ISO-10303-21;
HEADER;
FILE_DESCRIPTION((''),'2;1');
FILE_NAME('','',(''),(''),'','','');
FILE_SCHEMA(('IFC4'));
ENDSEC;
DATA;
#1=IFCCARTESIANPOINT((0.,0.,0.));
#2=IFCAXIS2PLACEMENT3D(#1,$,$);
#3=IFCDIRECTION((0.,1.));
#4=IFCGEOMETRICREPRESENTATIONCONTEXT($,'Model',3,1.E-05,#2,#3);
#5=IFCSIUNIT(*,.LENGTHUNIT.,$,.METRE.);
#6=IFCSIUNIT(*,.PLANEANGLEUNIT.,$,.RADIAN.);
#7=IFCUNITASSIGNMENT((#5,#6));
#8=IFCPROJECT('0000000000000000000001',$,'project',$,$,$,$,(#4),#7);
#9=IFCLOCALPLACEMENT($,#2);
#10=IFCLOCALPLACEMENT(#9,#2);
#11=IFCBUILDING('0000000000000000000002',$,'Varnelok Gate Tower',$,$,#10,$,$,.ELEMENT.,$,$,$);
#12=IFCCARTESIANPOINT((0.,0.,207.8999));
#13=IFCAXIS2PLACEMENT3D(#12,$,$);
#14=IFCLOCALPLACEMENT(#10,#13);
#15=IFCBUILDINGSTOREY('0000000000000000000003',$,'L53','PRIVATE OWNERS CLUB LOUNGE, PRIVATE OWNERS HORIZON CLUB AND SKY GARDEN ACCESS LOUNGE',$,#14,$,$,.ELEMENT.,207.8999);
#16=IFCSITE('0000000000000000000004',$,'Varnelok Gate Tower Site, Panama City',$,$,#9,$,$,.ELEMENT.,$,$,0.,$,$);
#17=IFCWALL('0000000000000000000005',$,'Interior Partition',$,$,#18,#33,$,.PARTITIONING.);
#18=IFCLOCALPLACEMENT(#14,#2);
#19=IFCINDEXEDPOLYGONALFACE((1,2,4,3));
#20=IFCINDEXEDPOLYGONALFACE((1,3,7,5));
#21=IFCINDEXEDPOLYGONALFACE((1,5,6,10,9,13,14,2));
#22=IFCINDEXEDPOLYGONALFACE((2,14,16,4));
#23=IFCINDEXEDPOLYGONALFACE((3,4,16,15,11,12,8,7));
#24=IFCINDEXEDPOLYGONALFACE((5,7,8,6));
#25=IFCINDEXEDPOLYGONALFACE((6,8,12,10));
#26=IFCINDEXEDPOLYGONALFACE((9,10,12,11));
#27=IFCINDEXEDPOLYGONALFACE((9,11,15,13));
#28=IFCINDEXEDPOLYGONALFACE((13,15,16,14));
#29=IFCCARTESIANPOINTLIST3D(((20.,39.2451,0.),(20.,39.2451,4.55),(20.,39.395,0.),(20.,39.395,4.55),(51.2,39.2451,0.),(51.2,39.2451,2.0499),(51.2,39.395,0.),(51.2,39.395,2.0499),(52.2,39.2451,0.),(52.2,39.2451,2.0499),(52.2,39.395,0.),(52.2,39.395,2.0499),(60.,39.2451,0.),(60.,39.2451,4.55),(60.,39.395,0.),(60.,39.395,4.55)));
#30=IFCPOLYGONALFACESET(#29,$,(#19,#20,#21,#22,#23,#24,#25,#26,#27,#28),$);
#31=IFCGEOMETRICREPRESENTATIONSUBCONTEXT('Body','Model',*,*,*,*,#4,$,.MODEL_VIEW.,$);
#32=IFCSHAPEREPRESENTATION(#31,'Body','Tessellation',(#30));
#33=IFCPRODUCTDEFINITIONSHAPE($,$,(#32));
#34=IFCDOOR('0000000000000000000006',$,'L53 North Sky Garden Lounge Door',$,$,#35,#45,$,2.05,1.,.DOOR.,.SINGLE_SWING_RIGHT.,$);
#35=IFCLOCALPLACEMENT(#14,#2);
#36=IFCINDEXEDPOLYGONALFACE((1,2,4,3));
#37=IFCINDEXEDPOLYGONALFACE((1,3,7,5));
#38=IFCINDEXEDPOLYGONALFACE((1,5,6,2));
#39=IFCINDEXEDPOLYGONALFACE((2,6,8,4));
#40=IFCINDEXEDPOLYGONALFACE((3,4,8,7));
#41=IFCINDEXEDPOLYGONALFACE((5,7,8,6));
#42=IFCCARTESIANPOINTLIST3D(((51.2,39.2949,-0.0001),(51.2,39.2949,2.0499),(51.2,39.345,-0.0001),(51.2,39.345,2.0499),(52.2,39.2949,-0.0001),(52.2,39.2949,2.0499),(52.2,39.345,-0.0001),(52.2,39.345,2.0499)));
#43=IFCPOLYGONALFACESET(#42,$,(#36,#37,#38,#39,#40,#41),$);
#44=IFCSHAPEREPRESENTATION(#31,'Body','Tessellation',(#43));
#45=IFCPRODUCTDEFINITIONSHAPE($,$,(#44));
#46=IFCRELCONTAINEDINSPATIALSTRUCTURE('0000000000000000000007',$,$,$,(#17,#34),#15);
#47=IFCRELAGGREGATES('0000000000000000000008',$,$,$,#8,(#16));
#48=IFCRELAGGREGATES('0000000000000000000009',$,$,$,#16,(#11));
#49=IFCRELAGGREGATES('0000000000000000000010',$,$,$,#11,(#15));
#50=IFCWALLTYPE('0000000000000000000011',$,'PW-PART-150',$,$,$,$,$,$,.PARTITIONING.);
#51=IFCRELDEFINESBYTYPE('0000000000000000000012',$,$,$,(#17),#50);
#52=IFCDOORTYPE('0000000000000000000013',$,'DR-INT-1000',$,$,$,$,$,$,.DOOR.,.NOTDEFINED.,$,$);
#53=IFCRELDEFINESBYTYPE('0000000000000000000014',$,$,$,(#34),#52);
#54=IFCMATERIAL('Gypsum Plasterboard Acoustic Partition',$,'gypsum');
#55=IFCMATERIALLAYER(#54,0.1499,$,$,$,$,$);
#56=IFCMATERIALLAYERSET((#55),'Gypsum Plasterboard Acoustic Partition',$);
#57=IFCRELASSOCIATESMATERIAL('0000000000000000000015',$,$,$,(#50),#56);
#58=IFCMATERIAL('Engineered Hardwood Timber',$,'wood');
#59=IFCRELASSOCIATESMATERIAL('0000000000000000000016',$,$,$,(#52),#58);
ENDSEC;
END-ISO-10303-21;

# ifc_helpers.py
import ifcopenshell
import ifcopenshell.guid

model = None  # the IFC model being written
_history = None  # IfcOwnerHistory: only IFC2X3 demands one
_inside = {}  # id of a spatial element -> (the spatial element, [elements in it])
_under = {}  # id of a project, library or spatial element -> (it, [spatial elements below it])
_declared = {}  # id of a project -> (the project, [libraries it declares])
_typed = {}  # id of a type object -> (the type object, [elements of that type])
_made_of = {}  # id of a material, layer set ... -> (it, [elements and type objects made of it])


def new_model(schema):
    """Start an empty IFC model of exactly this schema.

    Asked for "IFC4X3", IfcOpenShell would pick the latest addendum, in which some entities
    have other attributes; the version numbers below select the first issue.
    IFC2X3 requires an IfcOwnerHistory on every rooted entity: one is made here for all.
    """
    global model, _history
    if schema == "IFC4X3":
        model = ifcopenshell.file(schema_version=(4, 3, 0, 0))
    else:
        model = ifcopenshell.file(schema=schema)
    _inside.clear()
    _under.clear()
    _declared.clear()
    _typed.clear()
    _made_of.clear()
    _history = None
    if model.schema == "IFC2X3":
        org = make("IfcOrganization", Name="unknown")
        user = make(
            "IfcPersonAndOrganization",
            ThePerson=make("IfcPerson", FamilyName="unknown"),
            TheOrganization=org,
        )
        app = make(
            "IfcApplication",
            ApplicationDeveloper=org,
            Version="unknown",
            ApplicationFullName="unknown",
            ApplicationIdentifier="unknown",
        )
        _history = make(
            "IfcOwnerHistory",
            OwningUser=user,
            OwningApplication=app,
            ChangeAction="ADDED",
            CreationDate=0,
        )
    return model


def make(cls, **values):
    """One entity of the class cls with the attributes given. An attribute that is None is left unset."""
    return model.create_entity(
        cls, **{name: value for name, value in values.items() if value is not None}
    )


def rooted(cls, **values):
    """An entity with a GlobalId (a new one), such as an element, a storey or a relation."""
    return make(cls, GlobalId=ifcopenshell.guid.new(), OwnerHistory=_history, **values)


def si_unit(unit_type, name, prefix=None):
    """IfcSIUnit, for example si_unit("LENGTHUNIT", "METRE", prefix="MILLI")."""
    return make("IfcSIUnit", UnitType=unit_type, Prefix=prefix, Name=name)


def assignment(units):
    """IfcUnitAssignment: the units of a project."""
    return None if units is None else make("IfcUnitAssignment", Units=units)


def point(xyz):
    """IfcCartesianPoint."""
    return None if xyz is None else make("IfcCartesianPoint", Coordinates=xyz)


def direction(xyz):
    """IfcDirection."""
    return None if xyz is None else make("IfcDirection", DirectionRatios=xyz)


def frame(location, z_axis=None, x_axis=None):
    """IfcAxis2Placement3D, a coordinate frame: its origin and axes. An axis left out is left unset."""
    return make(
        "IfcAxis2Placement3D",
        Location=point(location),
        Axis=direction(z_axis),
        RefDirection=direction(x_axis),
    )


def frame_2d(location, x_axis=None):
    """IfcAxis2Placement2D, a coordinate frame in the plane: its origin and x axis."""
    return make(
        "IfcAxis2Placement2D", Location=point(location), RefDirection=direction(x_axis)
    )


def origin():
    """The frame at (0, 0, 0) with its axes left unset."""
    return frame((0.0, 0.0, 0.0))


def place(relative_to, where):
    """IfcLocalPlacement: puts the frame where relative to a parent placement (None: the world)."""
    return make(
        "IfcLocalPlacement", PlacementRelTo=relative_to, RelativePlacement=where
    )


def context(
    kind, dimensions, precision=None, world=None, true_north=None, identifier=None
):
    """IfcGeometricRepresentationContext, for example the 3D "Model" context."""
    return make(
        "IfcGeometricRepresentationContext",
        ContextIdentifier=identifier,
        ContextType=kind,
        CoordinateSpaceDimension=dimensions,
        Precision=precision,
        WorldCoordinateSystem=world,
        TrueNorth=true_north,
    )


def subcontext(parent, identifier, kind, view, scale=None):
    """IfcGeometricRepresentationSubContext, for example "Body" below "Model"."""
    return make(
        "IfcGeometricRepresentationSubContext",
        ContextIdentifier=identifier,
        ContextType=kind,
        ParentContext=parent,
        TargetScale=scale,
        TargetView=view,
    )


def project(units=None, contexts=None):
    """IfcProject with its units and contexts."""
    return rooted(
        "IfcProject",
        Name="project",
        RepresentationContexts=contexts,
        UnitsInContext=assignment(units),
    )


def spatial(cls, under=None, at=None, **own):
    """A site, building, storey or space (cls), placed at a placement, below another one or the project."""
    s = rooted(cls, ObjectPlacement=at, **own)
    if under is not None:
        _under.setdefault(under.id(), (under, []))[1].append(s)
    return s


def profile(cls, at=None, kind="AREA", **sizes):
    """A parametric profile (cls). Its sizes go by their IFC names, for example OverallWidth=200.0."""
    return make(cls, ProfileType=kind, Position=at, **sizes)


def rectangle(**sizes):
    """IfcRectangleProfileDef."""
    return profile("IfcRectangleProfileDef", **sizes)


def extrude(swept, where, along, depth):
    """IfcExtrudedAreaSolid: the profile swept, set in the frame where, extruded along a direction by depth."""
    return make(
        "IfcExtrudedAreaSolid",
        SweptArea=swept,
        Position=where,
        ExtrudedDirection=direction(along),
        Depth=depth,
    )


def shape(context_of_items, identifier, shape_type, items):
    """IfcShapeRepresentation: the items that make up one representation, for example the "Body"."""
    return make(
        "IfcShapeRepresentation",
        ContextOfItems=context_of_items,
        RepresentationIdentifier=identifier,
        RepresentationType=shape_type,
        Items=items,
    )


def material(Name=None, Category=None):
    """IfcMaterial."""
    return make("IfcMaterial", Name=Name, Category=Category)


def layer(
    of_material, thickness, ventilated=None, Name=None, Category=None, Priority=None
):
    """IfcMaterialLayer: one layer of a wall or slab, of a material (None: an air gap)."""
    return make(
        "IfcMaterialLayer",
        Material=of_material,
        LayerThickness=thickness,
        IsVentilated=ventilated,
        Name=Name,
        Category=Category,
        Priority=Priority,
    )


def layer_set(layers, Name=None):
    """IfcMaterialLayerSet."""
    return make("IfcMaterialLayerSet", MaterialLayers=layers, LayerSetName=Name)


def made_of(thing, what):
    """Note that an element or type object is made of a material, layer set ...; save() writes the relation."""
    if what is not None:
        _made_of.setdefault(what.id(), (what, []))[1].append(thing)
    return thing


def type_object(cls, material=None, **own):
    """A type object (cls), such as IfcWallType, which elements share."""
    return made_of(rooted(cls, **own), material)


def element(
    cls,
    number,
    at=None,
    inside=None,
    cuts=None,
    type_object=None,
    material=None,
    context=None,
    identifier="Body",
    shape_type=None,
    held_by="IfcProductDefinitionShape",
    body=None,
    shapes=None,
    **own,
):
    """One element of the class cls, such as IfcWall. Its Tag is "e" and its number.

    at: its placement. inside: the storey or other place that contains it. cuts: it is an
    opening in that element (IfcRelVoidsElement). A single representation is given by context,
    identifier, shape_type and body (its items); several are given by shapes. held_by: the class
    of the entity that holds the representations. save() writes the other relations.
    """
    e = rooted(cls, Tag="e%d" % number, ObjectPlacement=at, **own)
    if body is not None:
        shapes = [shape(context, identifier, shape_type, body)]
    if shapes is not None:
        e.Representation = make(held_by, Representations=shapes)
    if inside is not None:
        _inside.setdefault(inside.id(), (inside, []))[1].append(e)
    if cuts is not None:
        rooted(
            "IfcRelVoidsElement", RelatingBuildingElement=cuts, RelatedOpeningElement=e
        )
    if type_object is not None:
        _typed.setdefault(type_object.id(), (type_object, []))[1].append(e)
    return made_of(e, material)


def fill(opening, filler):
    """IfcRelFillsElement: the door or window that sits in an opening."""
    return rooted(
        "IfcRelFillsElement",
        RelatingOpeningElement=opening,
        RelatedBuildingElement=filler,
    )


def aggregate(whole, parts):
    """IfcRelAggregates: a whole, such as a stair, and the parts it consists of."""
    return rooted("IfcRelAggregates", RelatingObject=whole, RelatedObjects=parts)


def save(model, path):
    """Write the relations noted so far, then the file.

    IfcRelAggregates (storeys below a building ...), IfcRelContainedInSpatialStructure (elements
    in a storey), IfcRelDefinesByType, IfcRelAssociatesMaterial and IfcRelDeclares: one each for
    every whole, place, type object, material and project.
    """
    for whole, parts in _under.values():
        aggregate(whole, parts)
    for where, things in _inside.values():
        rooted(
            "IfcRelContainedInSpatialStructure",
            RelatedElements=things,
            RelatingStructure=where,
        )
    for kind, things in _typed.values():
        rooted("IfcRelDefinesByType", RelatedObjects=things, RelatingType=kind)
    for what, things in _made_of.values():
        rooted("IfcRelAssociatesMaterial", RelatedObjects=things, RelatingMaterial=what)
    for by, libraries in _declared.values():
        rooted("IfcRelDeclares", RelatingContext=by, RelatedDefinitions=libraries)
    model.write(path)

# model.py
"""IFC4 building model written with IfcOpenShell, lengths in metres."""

from ifc_helpers import new_model, si_unit, direction, frame, frame_2d, origin, place, context, subcontext, project, spatial, rectangle, extrude, material, layer, layer_set, type_object, element, fill, save


model = new_model("IFC4")

# Units and contexts
model_context = context("Model", 3, precision=1e-05, world=origin(), true_north=direction((0.0, 1.0)))
body_context = subcontext(model_context, "Body", "Model", "MODEL_VIEW")
ifc_project = project(units=[si_unit("LENGTHUNIT", "METRE"), si_unit("PLANEANGLEUNIT", "RADIAN")], contexts=[model_context])

# Site, building, storey
site_placement = place(None, origin())
site = spatial("IfcSite", under=ifc_project, at=site_placement, Name="Varnelok Gate Tower Site, Panama City", CompositionType="ELEMENT", RefElevation=0.0)
building_placement = place(site_placement, origin())
building = spatial("IfcBuilding", under=site, at=building_placement, Name="Varnelok Gate Tower", CompositionType="ELEMENT")
storey_placement = place(building_placement, frame((0.0, 0.0, 207.8999)))
storey = spatial("IfcBuildingStorey", under=building, at=storey_placement, Name="L53", Description="PRIVATE OWNERS CLUB LOUNGE, PRIVATE OWNERS HORIZON CLUB AND SKY GARDEN ACCESS LOUNGE", CompositionType="ELEMENT", Elevation=207.8999)

# Wall, opening, door
ifc_material_1 = material(Name="Gypsum Plasterboard Acoustic Partition", Category="gypsum")
ifc_layer_1 = layer(ifc_material_1, 0.1499)
ifc_layer_set_1 = layer_set([ifc_layer_1], Name="Gypsum Plasterboard Acoustic Partition")
wall_type_1 = type_object("IfcWallType", Name="PW-PART-150", PredefinedType="PARTITIONING", material=ifc_layer_set_1)
wall_1_placement = place(storey_placement, frame((20.0, 39.3201, 0.0), z_axis=(0.0, 0.0, 1.0), x_axis=(1.0, 0.0, 0.0)))
wall_1 = element("IfcWall", 1, at=wall_1_placement, inside=storey, type_object=wall_type_1, Name="Interior Partition", PredefinedType="PARTITIONING", context=body_context, shape_type="SweptSolid", body=[
    extrude(rectangle(XDim=40.0, YDim=0.1499, at=frame_2d((20.0, 0.0))), origin(), (0.0, 0.0, 1.0), 4.55),
])
opening_1_placement = place(wall_1_placement, frame((31.2, 0.0, 0.0)))
opening_1 = element("IfcOpeningElement", 2, at=opening_1_placement, cuts=wall_1, PredefinedType="OPENING", context=body_context, shape_type="SweptSolid", body=[
    extrude(rectangle(XDim=1.0, YDim=2.05, at=frame_2d((0.5, 1.0249))), frame((0.0, 0.085, 0.0), z_axis=(0.0, -1.0, 0.0), x_axis=(1.0, 0.0, 0.0)), (0.0, 0.0, 1.0), 0.1699),
])
ifc_material_2 = material(Name="Engineered Hardwood Timber", Category="wood")
door_type_1 = type_object("IfcDoorType", Name="DR-INT-1000", OperationType="NOTDEFINED", PredefinedType="DOOR", material=ifc_material_2)
door_1_placement = place(opening_1_placement, origin())
door_1 = element("IfcDoor", 3, at=door_1_placement, inside=storey, type_object=door_type_1, Name="L53 North Sky Garden Lounge Door", OperationType="SINGLE_SWING_RIGHT", OverallHeight=2.05, OverallWidth=1.0, PredefinedType="DOOR", context=body_context, shape_type="SweptSolid", body=[
    extrude(rectangle(XDim=1.0, YDim=2.05, at=frame_2d((0.5, 1.0249))), frame((0.0, 0.0249, 0.0), z_axis=(0.0, -1.0, 0.0), x_axis=(1.0, 0.0, 0.0)), (0.0, 0.0, 1.0), 0.05),
])
fill(opening_1, door_1)

save(model, "model.ifc")
